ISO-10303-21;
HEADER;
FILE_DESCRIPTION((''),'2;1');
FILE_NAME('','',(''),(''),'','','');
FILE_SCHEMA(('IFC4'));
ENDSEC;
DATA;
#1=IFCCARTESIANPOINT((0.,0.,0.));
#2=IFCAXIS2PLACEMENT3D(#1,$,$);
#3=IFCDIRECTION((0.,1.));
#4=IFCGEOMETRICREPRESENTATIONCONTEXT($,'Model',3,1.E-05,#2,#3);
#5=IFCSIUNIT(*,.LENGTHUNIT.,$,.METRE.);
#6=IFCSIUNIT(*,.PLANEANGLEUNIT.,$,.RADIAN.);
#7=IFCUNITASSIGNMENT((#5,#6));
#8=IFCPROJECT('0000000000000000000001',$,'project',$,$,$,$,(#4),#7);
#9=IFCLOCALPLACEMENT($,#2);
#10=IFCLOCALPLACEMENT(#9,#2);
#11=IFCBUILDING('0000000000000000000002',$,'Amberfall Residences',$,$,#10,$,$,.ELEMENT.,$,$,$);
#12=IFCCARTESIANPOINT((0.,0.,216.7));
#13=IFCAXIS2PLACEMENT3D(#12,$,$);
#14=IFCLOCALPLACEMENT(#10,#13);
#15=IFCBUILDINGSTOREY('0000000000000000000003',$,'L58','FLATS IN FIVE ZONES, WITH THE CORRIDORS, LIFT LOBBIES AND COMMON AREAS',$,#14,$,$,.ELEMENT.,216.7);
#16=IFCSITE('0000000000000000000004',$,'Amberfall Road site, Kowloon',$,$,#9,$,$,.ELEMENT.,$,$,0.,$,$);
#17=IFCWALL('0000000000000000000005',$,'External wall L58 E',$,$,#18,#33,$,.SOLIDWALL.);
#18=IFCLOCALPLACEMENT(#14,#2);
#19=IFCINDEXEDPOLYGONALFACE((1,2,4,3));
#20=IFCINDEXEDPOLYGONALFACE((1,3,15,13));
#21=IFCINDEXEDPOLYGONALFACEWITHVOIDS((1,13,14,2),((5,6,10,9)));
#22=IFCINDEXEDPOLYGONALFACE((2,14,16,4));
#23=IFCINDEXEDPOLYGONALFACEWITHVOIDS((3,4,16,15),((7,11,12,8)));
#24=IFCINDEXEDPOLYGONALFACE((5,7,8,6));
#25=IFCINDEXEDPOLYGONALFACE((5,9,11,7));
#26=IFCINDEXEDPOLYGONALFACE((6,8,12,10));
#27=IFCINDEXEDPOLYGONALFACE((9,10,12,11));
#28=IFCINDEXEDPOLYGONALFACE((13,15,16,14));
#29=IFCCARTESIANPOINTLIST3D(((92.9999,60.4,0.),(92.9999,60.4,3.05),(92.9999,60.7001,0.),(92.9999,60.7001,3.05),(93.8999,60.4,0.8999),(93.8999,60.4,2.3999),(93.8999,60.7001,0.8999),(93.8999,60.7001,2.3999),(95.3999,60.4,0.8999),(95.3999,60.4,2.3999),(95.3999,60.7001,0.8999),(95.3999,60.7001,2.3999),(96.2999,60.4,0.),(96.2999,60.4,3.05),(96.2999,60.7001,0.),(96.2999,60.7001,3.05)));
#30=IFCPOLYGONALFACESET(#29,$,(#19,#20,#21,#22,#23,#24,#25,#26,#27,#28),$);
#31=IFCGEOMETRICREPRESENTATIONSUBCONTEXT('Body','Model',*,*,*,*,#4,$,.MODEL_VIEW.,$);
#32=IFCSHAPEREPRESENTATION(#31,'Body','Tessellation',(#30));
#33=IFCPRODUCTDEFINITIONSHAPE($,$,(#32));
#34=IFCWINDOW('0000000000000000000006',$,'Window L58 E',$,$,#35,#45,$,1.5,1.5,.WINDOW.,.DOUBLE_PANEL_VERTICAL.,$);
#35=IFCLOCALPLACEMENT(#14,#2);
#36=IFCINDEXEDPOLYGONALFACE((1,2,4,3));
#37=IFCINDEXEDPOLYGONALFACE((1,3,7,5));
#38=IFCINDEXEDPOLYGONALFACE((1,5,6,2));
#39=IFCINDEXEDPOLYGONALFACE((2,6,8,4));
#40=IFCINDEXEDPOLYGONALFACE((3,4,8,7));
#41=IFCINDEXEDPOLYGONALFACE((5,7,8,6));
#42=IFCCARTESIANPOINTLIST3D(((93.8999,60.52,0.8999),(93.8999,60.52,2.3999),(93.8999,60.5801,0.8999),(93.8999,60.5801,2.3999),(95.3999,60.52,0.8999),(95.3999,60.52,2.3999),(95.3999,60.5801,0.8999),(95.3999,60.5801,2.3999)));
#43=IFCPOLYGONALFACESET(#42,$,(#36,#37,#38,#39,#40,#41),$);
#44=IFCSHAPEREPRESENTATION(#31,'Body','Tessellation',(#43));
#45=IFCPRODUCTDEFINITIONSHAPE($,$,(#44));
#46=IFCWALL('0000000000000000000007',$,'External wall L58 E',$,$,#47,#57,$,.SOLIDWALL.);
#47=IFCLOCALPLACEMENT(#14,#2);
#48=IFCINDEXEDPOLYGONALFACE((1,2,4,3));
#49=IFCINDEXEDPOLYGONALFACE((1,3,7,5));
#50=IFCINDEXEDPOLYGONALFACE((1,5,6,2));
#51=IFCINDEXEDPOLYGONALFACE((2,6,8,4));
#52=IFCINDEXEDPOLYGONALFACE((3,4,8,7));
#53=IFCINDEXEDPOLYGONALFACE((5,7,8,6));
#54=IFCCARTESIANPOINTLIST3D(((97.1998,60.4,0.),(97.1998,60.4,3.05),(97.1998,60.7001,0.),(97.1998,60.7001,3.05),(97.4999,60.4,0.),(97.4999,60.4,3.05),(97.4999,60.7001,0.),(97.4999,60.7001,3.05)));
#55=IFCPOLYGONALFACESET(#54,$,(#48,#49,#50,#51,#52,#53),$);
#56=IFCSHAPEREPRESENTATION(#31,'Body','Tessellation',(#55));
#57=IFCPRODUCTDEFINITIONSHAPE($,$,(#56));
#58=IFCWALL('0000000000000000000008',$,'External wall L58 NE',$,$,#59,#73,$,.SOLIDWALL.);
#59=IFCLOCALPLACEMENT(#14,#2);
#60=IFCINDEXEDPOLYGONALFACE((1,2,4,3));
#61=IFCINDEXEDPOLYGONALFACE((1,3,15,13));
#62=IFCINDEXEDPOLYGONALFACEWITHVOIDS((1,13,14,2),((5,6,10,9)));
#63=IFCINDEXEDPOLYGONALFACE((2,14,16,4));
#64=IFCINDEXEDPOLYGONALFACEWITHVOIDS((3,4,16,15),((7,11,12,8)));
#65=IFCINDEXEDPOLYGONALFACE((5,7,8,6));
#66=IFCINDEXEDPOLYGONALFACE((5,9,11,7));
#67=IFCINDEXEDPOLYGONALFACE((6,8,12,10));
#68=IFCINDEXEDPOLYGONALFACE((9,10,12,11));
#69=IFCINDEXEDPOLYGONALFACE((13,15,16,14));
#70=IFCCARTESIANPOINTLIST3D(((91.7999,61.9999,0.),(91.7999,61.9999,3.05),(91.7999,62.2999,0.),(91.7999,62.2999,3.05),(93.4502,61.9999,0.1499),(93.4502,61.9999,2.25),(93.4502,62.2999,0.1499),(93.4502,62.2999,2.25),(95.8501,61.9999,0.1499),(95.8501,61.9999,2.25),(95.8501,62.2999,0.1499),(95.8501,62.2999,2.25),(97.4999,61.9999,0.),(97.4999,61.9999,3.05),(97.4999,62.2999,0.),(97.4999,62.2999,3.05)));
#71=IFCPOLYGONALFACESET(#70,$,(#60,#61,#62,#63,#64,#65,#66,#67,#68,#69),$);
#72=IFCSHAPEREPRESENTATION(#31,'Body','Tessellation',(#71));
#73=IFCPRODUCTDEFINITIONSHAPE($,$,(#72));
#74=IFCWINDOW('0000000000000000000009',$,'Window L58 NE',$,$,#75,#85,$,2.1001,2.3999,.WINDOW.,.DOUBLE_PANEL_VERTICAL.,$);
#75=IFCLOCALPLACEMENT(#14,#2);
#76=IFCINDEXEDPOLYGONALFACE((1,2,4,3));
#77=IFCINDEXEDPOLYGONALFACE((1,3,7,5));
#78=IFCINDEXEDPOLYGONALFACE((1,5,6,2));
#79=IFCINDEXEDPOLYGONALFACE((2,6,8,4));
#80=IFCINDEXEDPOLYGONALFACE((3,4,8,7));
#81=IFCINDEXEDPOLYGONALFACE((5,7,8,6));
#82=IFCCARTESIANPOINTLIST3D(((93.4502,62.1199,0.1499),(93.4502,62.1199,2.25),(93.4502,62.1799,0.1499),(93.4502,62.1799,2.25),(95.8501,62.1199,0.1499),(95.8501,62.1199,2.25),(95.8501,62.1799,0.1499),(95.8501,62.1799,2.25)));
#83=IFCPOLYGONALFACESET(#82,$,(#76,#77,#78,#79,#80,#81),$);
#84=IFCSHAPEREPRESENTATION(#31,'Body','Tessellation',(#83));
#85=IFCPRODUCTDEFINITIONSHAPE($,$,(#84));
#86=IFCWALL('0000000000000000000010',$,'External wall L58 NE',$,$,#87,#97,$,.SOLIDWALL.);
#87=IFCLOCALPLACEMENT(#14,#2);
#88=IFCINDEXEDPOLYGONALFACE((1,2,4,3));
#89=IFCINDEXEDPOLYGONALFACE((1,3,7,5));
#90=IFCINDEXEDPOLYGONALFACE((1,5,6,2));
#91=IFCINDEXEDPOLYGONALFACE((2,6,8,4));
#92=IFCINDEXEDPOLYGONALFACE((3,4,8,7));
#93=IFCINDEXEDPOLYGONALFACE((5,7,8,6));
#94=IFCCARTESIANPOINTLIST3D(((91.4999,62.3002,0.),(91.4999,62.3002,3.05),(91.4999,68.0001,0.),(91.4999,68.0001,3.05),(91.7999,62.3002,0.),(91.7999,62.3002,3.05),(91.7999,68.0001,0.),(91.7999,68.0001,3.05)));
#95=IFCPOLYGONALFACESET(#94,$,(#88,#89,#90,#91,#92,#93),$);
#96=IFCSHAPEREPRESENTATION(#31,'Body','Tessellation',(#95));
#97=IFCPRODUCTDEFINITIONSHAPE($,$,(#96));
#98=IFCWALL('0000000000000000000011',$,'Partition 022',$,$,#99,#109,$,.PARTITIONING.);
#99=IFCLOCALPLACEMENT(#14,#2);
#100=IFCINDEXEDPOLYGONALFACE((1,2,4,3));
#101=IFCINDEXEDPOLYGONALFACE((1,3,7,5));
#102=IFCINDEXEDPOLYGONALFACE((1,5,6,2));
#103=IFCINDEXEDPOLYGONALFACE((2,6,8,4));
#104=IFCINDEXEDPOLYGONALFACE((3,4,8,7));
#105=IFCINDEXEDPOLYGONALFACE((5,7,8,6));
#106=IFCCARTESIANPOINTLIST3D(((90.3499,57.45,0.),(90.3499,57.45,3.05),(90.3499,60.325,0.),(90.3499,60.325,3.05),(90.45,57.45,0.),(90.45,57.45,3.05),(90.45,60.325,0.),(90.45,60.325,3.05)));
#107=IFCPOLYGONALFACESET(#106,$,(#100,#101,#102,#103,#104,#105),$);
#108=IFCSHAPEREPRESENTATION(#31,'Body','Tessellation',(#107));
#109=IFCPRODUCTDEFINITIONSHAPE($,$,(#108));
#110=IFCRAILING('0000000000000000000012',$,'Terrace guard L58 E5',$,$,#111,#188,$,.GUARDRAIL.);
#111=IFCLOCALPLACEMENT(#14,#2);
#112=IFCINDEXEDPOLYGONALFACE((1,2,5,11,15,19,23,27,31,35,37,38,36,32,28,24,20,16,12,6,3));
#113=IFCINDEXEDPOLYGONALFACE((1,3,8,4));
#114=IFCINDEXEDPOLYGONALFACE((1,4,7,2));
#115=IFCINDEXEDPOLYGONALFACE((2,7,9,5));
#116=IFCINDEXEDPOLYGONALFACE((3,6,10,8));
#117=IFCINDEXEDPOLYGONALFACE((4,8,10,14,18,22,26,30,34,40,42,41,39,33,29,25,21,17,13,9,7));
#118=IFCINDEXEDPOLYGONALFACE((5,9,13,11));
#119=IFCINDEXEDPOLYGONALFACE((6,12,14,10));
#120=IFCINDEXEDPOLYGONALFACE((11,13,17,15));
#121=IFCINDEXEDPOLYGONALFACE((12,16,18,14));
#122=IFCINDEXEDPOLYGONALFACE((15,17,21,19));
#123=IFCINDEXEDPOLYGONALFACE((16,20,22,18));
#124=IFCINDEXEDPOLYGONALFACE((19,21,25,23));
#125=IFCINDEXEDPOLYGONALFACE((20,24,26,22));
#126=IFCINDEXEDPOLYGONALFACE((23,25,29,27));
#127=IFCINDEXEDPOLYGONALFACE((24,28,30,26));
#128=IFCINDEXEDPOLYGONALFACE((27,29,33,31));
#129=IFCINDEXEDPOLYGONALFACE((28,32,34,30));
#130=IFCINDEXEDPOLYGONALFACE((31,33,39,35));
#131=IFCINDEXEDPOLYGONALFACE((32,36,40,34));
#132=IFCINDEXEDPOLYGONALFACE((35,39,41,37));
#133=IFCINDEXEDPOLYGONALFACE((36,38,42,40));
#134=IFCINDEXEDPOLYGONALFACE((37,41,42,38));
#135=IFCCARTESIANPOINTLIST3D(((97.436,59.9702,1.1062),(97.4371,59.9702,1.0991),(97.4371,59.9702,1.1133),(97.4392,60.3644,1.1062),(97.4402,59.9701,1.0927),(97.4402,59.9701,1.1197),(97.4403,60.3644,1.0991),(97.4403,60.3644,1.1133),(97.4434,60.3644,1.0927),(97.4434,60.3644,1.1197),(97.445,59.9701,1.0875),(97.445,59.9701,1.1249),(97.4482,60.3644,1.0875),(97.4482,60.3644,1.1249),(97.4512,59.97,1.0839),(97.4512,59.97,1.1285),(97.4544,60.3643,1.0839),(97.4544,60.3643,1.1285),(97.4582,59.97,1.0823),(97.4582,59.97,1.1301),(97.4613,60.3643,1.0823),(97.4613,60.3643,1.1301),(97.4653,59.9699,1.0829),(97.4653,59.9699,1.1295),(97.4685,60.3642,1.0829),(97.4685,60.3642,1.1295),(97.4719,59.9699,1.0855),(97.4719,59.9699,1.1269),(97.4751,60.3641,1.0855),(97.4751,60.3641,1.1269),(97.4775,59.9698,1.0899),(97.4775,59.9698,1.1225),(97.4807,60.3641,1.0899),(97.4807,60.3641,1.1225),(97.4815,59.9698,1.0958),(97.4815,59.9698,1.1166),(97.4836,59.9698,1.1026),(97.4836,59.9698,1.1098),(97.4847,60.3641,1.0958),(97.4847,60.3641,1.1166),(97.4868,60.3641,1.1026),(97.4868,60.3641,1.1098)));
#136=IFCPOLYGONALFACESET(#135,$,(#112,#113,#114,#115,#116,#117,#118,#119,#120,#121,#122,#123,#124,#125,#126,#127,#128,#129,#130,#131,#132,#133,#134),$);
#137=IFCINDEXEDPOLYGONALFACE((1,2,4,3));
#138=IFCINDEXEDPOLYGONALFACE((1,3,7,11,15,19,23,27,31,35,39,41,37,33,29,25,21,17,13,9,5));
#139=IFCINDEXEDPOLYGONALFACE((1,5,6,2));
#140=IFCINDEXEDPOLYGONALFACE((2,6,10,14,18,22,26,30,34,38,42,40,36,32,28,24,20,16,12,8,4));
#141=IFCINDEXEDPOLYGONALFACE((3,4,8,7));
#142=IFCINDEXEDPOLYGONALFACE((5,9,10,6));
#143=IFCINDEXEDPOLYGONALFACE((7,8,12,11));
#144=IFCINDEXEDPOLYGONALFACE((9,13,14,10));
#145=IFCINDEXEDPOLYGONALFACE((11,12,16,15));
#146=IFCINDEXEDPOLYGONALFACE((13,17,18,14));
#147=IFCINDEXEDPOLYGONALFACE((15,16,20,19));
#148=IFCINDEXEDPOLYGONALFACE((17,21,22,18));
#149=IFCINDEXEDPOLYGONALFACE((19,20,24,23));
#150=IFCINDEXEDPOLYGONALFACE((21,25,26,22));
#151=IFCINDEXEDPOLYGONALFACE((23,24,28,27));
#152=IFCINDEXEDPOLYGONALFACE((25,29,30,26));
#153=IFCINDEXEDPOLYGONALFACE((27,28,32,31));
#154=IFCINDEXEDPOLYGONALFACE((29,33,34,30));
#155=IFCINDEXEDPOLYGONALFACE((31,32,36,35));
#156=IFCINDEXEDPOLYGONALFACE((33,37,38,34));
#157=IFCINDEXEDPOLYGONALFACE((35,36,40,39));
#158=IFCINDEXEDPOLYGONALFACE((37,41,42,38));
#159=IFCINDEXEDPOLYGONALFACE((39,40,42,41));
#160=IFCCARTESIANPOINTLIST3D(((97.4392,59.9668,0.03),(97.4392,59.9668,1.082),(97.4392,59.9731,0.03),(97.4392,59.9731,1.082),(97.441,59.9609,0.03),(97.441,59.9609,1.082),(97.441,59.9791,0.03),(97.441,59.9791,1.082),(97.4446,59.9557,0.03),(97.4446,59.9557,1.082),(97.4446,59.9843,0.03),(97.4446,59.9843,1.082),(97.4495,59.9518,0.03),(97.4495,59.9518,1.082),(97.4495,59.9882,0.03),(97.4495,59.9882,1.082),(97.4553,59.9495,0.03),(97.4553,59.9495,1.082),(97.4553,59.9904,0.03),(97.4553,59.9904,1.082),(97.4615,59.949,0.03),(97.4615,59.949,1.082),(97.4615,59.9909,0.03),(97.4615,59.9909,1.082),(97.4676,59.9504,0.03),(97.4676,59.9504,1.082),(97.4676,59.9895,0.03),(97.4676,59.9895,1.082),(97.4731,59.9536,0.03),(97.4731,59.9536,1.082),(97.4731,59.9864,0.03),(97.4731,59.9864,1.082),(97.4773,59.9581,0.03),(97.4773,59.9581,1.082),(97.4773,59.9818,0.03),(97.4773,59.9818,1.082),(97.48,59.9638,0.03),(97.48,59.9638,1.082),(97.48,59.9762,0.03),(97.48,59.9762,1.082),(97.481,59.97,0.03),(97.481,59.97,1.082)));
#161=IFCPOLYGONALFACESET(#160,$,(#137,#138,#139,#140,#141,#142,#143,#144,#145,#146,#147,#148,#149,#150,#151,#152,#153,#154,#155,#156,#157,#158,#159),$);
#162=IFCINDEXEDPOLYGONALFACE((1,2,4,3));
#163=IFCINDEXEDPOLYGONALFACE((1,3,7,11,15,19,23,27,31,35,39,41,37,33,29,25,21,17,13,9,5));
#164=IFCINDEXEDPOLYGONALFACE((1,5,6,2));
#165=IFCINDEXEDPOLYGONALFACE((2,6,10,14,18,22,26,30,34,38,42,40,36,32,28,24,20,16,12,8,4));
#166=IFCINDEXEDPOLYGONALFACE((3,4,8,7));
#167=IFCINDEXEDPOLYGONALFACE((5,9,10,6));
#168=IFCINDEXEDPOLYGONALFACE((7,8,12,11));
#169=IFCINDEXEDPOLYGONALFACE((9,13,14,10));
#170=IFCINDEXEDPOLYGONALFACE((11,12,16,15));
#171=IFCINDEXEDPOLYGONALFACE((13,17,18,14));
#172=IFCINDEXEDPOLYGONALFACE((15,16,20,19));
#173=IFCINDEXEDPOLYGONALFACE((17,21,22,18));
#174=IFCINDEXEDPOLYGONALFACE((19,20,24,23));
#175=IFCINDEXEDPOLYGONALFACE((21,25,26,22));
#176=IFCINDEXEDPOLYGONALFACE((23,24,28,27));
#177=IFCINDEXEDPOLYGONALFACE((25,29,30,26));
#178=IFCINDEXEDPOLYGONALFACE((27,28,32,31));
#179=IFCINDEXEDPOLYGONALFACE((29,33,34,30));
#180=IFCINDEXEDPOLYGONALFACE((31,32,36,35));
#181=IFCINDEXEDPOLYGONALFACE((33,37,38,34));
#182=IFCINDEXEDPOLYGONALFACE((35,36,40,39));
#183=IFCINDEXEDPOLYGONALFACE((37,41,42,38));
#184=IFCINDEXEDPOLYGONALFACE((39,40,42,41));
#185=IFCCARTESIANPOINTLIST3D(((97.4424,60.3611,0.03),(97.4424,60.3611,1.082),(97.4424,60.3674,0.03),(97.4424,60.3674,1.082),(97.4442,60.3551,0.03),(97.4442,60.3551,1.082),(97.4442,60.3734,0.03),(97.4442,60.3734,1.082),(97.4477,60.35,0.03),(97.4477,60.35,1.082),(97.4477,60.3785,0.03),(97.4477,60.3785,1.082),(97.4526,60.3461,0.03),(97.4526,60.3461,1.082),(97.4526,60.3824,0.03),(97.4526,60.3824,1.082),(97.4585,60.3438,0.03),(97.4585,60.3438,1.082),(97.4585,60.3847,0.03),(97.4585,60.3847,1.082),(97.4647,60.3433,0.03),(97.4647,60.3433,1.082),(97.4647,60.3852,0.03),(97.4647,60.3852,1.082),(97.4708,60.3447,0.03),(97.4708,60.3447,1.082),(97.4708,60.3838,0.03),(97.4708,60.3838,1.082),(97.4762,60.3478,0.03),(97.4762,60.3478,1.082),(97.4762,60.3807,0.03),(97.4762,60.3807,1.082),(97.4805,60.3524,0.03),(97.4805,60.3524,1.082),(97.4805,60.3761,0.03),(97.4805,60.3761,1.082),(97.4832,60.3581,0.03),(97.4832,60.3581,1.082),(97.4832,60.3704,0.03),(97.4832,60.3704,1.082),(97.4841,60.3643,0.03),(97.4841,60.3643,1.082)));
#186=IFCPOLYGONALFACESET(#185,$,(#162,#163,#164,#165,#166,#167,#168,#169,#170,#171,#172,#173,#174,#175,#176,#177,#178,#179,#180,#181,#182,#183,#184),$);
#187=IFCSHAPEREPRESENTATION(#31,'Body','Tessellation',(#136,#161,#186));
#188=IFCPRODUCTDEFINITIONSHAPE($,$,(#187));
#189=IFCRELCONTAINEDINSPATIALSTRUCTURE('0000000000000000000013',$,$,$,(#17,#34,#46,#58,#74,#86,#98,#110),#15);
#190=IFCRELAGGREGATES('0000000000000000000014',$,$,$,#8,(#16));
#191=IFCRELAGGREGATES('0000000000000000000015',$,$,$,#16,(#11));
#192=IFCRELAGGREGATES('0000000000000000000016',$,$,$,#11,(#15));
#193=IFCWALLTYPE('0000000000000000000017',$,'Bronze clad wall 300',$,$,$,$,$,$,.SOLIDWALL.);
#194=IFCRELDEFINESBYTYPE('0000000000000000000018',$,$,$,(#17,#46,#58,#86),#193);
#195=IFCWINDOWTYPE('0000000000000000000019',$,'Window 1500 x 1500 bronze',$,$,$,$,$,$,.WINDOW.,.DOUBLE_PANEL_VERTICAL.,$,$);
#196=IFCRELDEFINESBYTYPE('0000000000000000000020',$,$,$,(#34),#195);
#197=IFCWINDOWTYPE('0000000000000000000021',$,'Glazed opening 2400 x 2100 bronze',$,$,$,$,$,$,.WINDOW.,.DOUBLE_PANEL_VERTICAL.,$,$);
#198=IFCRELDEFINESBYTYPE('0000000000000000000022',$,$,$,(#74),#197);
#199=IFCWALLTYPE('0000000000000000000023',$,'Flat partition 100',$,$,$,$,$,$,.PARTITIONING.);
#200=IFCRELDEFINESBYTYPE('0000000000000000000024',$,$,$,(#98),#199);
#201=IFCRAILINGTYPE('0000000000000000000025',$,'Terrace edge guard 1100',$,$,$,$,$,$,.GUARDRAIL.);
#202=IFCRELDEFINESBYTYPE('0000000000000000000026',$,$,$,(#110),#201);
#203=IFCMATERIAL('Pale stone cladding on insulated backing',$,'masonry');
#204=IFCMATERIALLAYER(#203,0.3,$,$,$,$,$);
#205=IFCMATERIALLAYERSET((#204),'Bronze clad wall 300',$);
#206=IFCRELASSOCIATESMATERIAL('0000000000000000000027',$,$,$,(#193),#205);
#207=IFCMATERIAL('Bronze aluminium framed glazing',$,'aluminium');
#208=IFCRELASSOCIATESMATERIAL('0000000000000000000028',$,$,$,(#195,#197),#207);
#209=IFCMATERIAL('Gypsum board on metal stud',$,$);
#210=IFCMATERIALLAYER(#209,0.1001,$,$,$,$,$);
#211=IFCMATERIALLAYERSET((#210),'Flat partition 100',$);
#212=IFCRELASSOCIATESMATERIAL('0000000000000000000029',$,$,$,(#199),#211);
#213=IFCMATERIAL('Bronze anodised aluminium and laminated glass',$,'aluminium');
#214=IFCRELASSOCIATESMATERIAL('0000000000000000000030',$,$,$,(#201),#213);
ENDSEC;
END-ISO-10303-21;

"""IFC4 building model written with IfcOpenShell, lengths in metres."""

from ifc_helpers import new_model, si_unit, direction, frame, frame_2d, origin, origin_2d, place, context, subcontext, project, spatial, rectangle, circle, extrude, material, layer, layer_set, type_object, element, fill, save


model = new_model("IFC4")

# Units and contexts
model_context = context("Model", 3, precision=1e-05, world=origin(), true_north=direction((0.0, 1.0)))
body_context = subcontext(model_context, "Body", "Model", "MODEL_VIEW")
ifc_project = project(units=[si_unit("LENGTHUNIT", "METRE"), si_unit("PLANEANGLEUNIT", "RADIAN")], contexts=[model_context])

# Site, building, storey
site_placement = place(None, origin())
site = spatial("IfcSite", under=ifc_project, at=site_placement, Name="Amberfall Road site, Kowloon", CompositionType="ELEMENT", RefElevation=0.0)
building_placement = place(site_placement, origin())
building = spatial("IfcBuilding", under=site, at=building_placement, Name="Amberfall Residences", CompositionType="ELEMENT")
storey_placement = place(building_placement, frame((0.0, 0.0, 216.7)))
storey = spatial("IfcBuildingStorey", under=building, at=storey_placement, Name="L58", Description="FLATS IN FIVE ZONES, WITH THE CORRIDORS, LIFT LOBBIES AND COMMON AREAS", CompositionType="ELEMENT", Elevation=216.7)

# Wall, opening, window
ifc_material_1 = material(Name="Pale stone cladding on insulated backing", Category="masonry")
ifc_layer_1 = layer(ifc_material_1, 0.3)
ifc_layer_set_1 = layer_set([ifc_layer_1], Name="Bronze clad wall 300")
wall_type_1 = type_object("IfcWallType", Name="Bronze clad wall 300", PredefinedType="SOLIDWALL", material=ifc_layer_set_1)
wall_1_placement = place(storey_placement, frame((93.0, 60.55, 0.0), z_axis=(0.0, 0.0, 1.0), x_axis=(1.0, 0.0, 0.0)))
wall_1 = element("IfcWall", 1, at=wall_1_placement, inside=storey, type_object=wall_type_1, Name="External wall L58 E", PredefinedType="SOLIDWALL", context=body_context, shape_type="SweptSolid", body=[
    extrude(rectangle(XDim=3.3, YDim=0.3, at=frame_2d((1.6499, 0.0))), origin(), (0.0, 0.0, 1.0), 3.05),
])
opening_1_placement = place(wall_1_placement, frame((0.8999, 0.0, 0.8999)))
opening_1 = element("IfcOpeningElement", 2, at=opening_1_placement, cuts=wall_1, PredefinedType="OPENING", context=body_context, shape_type="SweptSolid", body=[
    extrude(rectangle(XDim=1.5, YDim=1.5, at=frame_2d((0.75, 0.75))), frame((0.0, 0.1599, 0.0), z_axis=(0.0, -1.0, 0.0), x_axis=(1.0, 0.0, 0.0)), (0.0, 0.0, 1.0), 0.3201),
])
ifc_material_2 = material(Name="Bronze aluminium framed glazing", Category="aluminium")
window_type_1 = type_object("IfcWindowType", Name="Window 1500 x 1500 bronze", PartitioningType="DOUBLE_PANEL_VERTICAL", PredefinedType="WINDOW", material=ifc_material_2)
window_1_placement = place(opening_1_placement, origin())
window_1 = element("IfcWindow", 3, at=window_1_placement, inside=storey, type_object=window_type_1, Name="Window L58 E", OverallHeight=1.5, OverallWidth=1.5, PartitioningType="DOUBLE_PANEL_VERTICAL", PredefinedType="WINDOW", context=body_context, shape_type="SweptSolid", body=[
    extrude(rectangle(XDim=1.5, YDim=1.5, at=frame_2d((0.75, 0.75))), frame((0.0, 0.03, 0.0), z_axis=(0.0, -1.0, 0.0), x_axis=(1.0, 0.0, 0.0)), (0.0, 0.0, 1.0), 0.0601),
])
fill(opening_1, window_1)

# Wall
wall_2_placement = place(storey_placement, frame((97.2, 60.55, 0.0), z_axis=(0.0, 0.0, 1.0), x_axis=(1.0, 0.0, 0.0)))
element("IfcWall", 4, at=wall_2_placement, inside=storey, type_object=wall_type_1, Name="External wall L58 E", PredefinedType="SOLIDWALL", context=body_context, shape_type="SweptSolid", body=[
    extrude(rectangle(XDim=0.3, YDim=0.3, at=frame_2d((0.1499, 0.0))), origin(), (0.0, 0.0, 1.0), 3.05),
])

# Wall, opening, window
wall_3_placement = place(storey_placement, frame((97.5, 62.1499, 0.0), z_axis=(0.0, 0.0, 1.0), x_axis=(-1.0, 0.0, 0.0)))
wall_3 = element("IfcWall", 5, at=wall_3_placement, inside=storey, type_object=wall_type_1, Name="External wall L58 NE", PredefinedType="SOLIDWALL", context=body_context, shape_type="SweptSolid", body=[
    extrude(rectangle(XDim=5.7, YDim=0.3, at=frame_2d((2.8501, 0.0))), origin(), (0.0, 0.0, 1.0), 3.05),
])
opening_2_placement = place(wall_3_placement, frame((1.6499, 0.0, 0.1499)))
opening_2 = element("IfcOpeningElement", 6, at=opening_2_placement, cuts=wall_3, PredefinedType="OPENING", context=body_context, shape_type="SweptSolid", body=[
    extrude(rectangle(XDim=2.3999, YDim=2.1001, at=frame_2d((1.2, 1.05))), frame((0.0, 0.1599, 0.0), z_axis=(0.0, -1.0, 0.0), x_axis=(1.0, 0.0, 0.0)), (0.0, 0.0, 1.0), 0.3201),
])
window_type_2 = type_object("IfcWindowType", Name="Glazed opening 2400 x 2100 bronze", PartitioningType="DOUBLE_PANEL_VERTICAL", PredefinedType="WINDOW", material=ifc_material_2)
window_2_placement = place(opening_2_placement, origin())
window_2 = element("IfcWindow", 7, at=window_2_placement, inside=storey, type_object=window_type_2, Name="Window L58 NE", OverallHeight=2.1001, OverallWidth=2.3999, PartitioningType="DOUBLE_PANEL_VERTICAL", PredefinedType="WINDOW", context=body_context, shape_type="SweptSolid", body=[
    extrude(rectangle(XDim=2.3999, YDim=2.1001, at=frame_2d((1.2, 1.05))), frame((0.0, 0.03, 0.0), z_axis=(0.0, -1.0, 0.0), x_axis=(1.0, 0.0, 0.0)), (0.0, 0.0, 1.0), 0.0601),
])
fill(opening_2, window_2)

# Walls
wall_4_placement = place(storey_placement, frame((91.6499, 62.3, 0.0), z_axis=(0.0, 0.0, 1.0), x_axis=(0.0, 1.0, 0.0)))
element("IfcWall", 8, at=wall_4_placement, inside=storey, type_object=wall_type_1, Name="External wall L58 NE", PredefinedType="SOLIDWALL", context=body_context, shape_type="SweptSolid", body=[
    extrude(rectangle(XDim=5.7, YDim=0.3, at=frame_2d((2.8501, 0.0))), origin(), (0.0, 0.0, 1.0), 3.05),
])
ifc_material_3 = material(Name="Gypsum board on metal stud")
ifc_layer_2 = layer(ifc_material_3, 0.1001)
ifc_layer_set_2 = layer_set([ifc_layer_2], Name="Flat partition 100")
wall_type_2 = type_object("IfcWallType", Name="Flat partition 100", PredefinedType="PARTITIONING", material=ifc_layer_set_2)
wall_5_placement = place(storey_placement, frame((90.3999, 57.45, 0.0), z_axis=(0.0, 0.0, 1.0), x_axis=(0.0, 1.0, 0.0)))
element("IfcWall", 9, at=wall_5_placement, inside=storey, type_object=wall_type_2, Name="Partition 022", PredefinedType="PARTITIONING", context=body_context, shape_type="SweptSolid", body=[
    extrude(rectangle(XDim=2.875, YDim=0.1001, at=frame_2d((1.4375, 0.0))), origin(), (0.0, 0.0, 1.0), 3.05),
])

# Railing
ifc_material_4 = material(Name="Bronze anodised aluminium and laminated glass", Category="aluminium")
railing_type = type_object("IfcRailingType", Name="Terrace edge guard 1100", PredefinedType="GUARDRAIL", material=ifc_material_4)
railing_placement = place(storey_placement, frame((97.46, 59.97, 0.03)))
element("IfcRailing", 10, at=railing_placement, inside=storey, type_object=railing_type, Name="Terrace guard L58 E5", PredefinedType="GUARDRAIL", context=body_context, shape_type="SweptSolid", body=[
    extrude(circle(Radius=0.0239, at=origin_2d()), frame((0.0, 0.0, 1.0762), z_axis=(0.008049, 0.999968, 0.0), x_axis=(-0.999968, 0.008049, 0.0)), (0.0, 0.0, 1.0), 0.3943),
    extrude(circle(Radius=0.021, at=origin_2d()), origin(), (0.0, 0.0, 1.0), 1.052),
    extrude(circle(Radius=0.021, at=origin_2d()), frame((0.0032, 0.3943, 0.0)), (0.0, 0.0, 1.0), 1.052),
])

save(model, "model.ifc")
